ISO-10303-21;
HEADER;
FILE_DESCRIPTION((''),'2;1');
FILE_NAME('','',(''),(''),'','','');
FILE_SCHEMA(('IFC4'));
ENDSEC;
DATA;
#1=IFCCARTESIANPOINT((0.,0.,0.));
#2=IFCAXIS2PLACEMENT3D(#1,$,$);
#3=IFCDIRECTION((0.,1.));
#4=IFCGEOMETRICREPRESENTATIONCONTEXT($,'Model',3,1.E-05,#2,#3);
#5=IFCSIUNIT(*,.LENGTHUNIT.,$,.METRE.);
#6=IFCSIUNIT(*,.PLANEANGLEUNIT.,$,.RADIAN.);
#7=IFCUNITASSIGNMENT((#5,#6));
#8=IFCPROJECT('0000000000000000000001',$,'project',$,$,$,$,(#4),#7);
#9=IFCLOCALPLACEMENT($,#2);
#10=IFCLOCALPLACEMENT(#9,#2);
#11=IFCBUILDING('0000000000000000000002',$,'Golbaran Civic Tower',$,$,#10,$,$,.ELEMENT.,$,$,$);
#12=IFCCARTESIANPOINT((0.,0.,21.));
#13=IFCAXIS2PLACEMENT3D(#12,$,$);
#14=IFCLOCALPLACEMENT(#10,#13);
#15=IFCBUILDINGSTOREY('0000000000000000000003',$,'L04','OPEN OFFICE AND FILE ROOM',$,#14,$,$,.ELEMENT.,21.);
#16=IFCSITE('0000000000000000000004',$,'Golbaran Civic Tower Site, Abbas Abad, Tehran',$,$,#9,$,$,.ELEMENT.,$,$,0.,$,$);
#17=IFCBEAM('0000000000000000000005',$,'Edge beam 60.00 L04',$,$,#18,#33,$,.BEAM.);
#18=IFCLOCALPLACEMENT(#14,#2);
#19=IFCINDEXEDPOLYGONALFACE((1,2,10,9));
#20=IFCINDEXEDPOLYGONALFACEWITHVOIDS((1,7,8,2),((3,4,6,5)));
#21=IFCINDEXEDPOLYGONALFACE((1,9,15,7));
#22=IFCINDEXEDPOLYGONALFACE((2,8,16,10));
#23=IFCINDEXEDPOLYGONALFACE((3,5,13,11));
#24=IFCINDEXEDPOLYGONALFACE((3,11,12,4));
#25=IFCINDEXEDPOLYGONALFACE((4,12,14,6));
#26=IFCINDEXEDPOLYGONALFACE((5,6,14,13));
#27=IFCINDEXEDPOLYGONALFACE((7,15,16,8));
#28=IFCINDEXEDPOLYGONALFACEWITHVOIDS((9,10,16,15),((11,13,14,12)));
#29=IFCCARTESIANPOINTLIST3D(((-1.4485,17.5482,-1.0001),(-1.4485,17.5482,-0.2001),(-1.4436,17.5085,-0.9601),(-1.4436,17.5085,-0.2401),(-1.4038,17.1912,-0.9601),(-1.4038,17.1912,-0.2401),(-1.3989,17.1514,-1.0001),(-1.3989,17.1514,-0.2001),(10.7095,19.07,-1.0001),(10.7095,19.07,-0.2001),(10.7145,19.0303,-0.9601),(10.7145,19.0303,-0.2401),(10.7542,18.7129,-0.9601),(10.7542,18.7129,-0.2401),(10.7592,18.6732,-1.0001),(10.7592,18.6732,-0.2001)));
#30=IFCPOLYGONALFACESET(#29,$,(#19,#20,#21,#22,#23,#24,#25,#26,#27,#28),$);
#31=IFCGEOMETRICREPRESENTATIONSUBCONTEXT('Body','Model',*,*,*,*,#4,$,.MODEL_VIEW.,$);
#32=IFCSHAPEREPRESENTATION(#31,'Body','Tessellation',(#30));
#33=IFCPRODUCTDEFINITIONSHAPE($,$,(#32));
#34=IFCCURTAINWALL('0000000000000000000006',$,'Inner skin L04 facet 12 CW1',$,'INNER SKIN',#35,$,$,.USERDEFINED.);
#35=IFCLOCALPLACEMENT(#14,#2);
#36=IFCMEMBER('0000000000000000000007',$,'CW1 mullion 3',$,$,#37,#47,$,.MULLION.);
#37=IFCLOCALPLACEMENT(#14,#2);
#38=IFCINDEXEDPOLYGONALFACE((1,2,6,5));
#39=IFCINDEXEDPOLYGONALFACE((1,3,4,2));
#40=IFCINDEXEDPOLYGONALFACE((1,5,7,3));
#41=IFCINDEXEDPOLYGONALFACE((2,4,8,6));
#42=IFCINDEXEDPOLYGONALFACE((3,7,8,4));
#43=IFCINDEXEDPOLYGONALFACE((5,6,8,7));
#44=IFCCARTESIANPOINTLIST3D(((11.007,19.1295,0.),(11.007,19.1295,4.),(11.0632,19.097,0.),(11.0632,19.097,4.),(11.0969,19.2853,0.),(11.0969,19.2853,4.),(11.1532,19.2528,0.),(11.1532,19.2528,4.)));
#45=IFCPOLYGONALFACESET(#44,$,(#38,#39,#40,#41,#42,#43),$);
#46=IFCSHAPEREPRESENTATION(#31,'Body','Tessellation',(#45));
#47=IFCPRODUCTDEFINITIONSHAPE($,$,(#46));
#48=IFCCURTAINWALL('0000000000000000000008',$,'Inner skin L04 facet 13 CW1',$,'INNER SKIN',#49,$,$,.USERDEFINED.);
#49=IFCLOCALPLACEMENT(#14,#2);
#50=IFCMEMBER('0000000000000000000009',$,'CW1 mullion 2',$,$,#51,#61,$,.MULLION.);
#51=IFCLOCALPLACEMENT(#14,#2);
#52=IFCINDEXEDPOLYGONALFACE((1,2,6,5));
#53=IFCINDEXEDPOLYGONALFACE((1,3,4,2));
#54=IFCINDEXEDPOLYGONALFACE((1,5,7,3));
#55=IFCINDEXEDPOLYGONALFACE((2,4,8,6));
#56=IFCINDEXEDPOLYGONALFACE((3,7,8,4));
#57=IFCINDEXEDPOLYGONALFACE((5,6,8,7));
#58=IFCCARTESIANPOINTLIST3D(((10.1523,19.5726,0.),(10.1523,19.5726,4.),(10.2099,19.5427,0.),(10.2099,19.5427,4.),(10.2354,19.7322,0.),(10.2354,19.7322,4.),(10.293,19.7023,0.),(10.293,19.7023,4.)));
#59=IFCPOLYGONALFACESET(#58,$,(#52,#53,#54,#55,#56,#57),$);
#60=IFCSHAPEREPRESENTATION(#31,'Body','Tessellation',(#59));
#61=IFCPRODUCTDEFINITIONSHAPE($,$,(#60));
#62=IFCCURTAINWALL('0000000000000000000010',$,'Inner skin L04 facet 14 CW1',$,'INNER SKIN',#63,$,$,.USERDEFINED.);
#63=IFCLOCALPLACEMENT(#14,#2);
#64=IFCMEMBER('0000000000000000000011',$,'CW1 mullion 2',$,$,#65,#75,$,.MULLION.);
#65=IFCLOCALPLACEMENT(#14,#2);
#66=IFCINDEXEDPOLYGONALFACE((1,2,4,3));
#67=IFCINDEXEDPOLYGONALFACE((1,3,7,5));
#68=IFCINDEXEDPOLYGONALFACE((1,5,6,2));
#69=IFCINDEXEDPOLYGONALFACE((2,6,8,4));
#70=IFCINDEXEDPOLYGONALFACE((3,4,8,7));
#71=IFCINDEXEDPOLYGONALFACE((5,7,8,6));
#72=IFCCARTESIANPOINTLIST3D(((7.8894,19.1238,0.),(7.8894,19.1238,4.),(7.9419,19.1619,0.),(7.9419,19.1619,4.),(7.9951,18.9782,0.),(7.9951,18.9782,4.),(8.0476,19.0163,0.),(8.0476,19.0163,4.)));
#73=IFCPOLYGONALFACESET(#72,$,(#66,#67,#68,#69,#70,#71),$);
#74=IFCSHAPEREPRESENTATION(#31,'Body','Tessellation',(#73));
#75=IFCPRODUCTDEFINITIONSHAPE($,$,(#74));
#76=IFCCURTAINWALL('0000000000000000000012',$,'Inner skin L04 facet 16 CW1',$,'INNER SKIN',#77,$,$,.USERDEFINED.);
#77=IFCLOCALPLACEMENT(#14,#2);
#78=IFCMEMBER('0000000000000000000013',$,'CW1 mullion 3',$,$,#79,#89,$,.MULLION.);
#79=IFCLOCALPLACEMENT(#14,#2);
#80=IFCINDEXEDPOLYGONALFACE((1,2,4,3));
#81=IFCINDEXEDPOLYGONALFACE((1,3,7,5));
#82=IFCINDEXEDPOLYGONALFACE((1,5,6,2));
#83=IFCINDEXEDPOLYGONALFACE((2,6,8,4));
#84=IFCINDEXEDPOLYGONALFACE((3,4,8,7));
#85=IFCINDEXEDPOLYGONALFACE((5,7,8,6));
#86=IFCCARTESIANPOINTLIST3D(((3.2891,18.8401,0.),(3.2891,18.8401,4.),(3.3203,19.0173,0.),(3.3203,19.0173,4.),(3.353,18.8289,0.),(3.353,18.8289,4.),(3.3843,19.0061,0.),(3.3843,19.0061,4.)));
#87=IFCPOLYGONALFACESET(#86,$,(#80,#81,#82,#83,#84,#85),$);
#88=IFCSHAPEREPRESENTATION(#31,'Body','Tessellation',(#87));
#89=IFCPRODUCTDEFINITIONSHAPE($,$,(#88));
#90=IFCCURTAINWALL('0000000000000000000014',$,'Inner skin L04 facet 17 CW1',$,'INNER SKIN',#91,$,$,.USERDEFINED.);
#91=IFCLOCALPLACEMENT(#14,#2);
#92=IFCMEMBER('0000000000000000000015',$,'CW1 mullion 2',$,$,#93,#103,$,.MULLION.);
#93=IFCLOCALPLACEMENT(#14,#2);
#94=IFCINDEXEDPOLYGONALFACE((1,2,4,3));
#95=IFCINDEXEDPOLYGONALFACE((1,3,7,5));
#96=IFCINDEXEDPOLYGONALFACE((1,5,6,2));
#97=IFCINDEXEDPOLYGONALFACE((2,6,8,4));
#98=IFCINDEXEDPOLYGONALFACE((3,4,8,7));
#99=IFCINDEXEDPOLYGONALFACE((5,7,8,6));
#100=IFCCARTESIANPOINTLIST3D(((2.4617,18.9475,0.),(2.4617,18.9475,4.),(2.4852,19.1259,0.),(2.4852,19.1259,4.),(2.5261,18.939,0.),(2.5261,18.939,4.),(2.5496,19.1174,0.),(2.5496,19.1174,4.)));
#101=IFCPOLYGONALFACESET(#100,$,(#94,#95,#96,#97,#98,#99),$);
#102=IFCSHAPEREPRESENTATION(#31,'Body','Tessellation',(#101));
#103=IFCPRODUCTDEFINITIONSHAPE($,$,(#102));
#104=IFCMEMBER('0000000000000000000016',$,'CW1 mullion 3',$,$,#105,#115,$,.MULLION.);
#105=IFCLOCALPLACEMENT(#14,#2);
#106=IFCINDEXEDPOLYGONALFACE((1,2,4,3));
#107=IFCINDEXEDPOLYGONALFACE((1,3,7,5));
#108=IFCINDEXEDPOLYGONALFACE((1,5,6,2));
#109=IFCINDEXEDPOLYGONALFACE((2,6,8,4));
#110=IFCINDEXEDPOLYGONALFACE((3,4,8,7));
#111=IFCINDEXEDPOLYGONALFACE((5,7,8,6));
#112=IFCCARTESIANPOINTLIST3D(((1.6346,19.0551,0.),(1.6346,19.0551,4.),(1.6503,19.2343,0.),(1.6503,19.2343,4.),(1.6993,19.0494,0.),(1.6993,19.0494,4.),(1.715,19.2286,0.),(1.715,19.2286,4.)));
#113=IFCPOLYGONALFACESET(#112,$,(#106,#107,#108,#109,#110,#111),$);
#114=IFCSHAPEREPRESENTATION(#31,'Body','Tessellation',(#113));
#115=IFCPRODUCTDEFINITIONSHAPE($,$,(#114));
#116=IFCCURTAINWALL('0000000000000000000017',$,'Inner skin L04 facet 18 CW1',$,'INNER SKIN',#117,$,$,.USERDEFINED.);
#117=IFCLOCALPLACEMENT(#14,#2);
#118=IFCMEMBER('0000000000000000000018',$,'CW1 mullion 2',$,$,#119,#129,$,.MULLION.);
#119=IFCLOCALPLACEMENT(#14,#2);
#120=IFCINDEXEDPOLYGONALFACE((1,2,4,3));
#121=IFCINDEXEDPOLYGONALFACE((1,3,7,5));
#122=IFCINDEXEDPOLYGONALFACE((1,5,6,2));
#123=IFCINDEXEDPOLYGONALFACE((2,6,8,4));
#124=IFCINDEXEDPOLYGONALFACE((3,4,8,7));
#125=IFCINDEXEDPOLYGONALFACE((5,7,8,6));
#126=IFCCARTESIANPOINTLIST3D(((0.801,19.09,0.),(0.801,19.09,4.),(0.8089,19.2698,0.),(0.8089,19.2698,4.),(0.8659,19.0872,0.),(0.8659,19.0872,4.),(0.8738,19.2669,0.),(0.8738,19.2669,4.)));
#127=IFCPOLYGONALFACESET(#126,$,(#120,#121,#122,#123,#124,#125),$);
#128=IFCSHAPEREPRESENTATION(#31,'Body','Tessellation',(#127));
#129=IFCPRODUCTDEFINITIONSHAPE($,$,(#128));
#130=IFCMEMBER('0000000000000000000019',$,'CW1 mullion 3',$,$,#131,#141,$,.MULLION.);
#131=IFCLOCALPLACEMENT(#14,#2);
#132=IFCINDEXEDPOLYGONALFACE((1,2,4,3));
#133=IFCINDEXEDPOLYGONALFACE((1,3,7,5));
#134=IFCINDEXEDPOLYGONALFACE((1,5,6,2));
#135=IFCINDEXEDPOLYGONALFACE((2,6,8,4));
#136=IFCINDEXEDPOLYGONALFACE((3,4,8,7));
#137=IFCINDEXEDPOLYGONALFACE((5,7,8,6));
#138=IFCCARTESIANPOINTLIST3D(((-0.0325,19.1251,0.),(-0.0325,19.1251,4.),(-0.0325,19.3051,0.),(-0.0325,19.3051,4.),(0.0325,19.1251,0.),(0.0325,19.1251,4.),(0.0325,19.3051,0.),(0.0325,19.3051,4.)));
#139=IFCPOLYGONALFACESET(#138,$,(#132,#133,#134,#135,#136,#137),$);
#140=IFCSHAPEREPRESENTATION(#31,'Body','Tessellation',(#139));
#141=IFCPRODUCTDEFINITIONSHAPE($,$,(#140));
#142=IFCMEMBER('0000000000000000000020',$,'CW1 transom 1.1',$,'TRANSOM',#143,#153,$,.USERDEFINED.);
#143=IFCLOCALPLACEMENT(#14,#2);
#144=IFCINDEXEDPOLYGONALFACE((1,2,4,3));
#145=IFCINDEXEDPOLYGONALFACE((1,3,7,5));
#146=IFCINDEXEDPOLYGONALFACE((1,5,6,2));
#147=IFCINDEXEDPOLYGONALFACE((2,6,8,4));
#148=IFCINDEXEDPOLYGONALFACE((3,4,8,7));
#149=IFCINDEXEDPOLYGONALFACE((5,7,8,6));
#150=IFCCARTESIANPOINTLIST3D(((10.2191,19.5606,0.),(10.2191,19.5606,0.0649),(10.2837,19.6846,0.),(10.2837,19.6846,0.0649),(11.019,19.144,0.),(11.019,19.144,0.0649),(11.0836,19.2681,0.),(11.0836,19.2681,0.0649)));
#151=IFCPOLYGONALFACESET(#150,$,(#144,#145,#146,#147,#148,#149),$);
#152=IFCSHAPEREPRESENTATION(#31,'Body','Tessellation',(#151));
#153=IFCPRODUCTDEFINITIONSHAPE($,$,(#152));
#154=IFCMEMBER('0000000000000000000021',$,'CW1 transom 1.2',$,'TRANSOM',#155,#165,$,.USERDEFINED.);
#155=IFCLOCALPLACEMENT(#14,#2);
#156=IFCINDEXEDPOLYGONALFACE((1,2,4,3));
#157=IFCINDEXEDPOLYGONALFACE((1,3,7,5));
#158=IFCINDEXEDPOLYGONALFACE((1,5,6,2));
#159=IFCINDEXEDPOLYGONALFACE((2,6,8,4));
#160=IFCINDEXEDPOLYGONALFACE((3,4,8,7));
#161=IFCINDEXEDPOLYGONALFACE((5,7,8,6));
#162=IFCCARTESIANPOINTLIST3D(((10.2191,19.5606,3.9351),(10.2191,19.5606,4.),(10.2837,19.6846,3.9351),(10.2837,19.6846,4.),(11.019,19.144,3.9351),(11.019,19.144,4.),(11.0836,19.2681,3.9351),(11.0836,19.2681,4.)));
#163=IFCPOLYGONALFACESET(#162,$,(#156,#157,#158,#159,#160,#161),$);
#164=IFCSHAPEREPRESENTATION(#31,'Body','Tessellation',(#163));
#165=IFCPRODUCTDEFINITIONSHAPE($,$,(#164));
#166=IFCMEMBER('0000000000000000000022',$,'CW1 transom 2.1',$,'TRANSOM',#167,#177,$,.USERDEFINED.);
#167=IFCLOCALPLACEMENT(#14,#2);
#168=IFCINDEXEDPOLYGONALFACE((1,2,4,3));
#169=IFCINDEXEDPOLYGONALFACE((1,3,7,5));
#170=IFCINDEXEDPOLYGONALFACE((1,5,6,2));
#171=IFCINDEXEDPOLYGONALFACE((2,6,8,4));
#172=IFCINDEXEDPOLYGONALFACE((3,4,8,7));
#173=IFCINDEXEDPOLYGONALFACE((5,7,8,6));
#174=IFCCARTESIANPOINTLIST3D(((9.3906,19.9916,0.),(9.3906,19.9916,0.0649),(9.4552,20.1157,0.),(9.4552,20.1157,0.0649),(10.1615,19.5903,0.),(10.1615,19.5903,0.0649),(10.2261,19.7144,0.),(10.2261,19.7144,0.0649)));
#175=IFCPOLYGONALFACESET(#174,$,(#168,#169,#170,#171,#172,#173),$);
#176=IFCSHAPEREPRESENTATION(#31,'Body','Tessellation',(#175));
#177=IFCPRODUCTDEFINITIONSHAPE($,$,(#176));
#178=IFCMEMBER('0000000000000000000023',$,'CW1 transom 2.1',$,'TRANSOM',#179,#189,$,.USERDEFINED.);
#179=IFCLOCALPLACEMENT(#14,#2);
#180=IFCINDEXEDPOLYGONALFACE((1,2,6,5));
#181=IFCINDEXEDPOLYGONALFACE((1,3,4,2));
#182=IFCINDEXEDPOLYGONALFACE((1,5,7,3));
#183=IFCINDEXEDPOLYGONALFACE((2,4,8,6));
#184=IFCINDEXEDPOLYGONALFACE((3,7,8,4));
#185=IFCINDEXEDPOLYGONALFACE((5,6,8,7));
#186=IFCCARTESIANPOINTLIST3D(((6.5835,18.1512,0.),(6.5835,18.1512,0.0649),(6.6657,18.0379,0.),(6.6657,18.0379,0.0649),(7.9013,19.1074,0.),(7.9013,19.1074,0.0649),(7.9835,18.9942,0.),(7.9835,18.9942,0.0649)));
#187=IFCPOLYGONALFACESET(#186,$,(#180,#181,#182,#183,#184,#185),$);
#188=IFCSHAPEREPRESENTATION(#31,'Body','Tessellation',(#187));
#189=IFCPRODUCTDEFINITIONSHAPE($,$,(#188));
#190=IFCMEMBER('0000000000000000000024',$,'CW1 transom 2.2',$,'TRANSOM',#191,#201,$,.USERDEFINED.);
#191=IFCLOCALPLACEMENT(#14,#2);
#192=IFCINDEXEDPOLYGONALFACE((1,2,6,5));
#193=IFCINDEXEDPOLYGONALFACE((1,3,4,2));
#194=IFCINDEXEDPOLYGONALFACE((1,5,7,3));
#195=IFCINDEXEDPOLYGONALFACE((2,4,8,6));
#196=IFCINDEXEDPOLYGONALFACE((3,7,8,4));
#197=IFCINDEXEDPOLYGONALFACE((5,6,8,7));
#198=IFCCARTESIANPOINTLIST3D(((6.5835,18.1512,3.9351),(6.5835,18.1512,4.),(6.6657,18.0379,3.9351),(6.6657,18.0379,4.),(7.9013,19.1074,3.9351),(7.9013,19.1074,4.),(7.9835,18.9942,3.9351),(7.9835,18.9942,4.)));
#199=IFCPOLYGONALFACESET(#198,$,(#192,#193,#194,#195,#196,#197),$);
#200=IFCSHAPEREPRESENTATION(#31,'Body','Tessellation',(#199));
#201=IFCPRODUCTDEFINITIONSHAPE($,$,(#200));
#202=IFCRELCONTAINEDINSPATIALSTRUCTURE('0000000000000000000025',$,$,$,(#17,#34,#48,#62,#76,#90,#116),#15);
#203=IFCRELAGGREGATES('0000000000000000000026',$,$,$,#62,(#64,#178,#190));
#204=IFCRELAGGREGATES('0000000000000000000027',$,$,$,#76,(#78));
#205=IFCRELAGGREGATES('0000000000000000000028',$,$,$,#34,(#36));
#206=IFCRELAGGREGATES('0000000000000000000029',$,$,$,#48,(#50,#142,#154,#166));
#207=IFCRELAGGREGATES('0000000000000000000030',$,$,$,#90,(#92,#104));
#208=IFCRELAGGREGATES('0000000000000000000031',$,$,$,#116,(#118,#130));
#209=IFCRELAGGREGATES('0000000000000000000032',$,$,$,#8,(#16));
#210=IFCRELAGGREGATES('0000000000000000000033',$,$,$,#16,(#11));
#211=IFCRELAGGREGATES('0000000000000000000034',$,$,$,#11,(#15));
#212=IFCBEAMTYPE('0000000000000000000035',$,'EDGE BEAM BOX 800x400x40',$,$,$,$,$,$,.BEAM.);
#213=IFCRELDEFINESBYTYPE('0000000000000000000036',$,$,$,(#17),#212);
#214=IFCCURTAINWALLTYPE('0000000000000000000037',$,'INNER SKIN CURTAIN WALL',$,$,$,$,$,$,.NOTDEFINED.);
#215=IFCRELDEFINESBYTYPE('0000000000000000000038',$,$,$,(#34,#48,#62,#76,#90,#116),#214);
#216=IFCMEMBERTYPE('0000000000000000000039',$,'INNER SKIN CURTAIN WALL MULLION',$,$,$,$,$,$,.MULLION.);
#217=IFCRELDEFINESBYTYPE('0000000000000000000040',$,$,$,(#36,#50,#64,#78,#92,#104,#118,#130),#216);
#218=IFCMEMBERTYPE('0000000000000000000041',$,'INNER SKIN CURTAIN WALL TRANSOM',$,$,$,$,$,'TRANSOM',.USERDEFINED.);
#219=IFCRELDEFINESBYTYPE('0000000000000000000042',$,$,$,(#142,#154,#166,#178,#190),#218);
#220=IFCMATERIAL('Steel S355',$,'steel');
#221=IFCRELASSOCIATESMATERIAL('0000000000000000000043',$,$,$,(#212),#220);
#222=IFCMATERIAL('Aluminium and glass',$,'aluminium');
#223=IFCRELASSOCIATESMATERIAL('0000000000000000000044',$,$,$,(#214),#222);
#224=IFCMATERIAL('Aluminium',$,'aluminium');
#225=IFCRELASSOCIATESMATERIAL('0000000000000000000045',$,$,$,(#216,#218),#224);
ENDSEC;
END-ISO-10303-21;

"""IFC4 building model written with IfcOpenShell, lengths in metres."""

from ifc_helpers import new_model, si_unit, direction, frame, origin, origin_2d, place, context, subcontext, project, spatial, rectangle, hollow_rectangle, extrude, material, material_profile, profile_set, type_object, element, aggregate, save


model = new_model("IFC4")

# Units and contexts
model_context = context("Model", 3, precision=1e-05, world=origin(), true_north=direction((0.0, 1.0)))
body_context = subcontext(model_context, "Body", "Model", "MODEL_VIEW")
ifc_project = project(units=[si_unit("LENGTHUNIT", "METRE"), si_unit("PLANEANGLEUNIT", "RADIAN")], contexts=[model_context])

# Site, building, storey
site_placement = place(None, origin())
site = spatial("IfcSite", under=ifc_project, at=site_placement, Name="Golbaran Civic Tower Site, Abbas Abad, Tehran", CompositionType="ELEMENT", RefElevation=0.0)
building_placement = place(site_placement, origin())
building = spatial("IfcBuilding", under=site, at=building_placement, Name="Golbaran Civic Tower", CompositionType="ELEMENT")
storey_placement = place(building_placement, frame((0.0, 0.0, 21.0)))
storey = spatial("IfcBuildingStorey", under=building, at=storey_placement, Name="L04", Description="OPEN OFFICE AND FILE ROOM", CompositionType="ELEMENT", Elevation=21.0)

# Beam
ifc_material_1 = material(Name="Steel S355", Category="steel")
ifc_material_profile_1 = material_profile(ifc_material_1, hollow_rectangle(XDim=0.3999, YDim=0.8, WallThickness=0.04, at=origin_2d()), Name="BOX 800x400x40")
ifc_profile_set_1 = profile_set([ifc_material_profile_1], Name="Steel S355")
beam_type = type_object("IfcBeamType", Name="EDGE BEAM BOX 800x400x40", PredefinedType="BEAM", material=ifc_profile_set_1)
beam_placement = place(storey_placement, frame((10.7344, 18.8716, -0.6001), z_axis=(-0.992258, -0.124194, 0.0), x_axis=(0.124194, -0.992258, 0.0)))
element("IfcBeam", 1, at=beam_placement, inside=storey, type_object=beam_type, Name="Edge beam 60.00 L04", PredefinedType="BEAM", context=body_context, shape_type="SweptSolid", body=[
    extrude(hollow_rectangle(XDim=0.3999, YDim=0.8, WallThickness=0.04, at=origin_2d()), origin(), (0.0, 0.0, 1.0), 12.2529),
])

# Curtain walls, members
ifc_material_2 = material(Name="Aluminium and glass", Category="aluminium")
curtain_wall_type = type_object("IfcCurtainWallType", Name="INNER SKIN CURTAIN WALL", PredefinedType="NOTDEFINED", material=ifc_material_2)
curtain_wall_1_placement = place(storey_placement, origin())
curtain_wall_1 = element("IfcCurtainWall", 2, at=curtain_wall_1_placement, inside=storey, type_object=curtain_wall_type, Name="Inner skin L04 facet 12 CW1", ObjectType="INNER SKIN", PredefinedType="USERDEFINED")
ifc_material_3 = material(Name="Aluminium", Category="aluminium")
ifc_material_profile_2 = material_profile(ifc_material_3, rectangle(XDim=0.1799, YDim=0.0649, at=origin_2d()), Name="INNER SKIN CURTAIN WALL MULLION")
ifc_profile_set_2 = profile_set([ifc_material_profile_2], Name="Aluminium")
member_type_1 = type_object("IfcMemberType", Name="INNER SKIN CURTAIN WALL MULLION", PredefinedType="MULLION", material=ifc_profile_set_2)
member_1_placement = place(storey_placement, frame((11.0801, 19.1912, 0.0), z_axis=(0.0, 0.0, 1.0), x_axis=(-0.5, -0.866025, 0.0)))
member_1 = element("IfcMember", 3, at=member_1_placement, type_object=member_type_1, Name="CW1 mullion 3", PredefinedType="MULLION", context=body_context, shape_type="SweptSolid", body=[
    extrude(rectangle(XDim=0.1799, YDim=0.0649, at=origin_2d()), origin(), (0.0, 0.0, 1.0), 4.0),
])
curtain_wall_2_placement = place(storey_placement, origin())
curtain_wall_2 = element("IfcCurtainWall", 4, at=curtain_wall_2_placement, inside=storey, type_object=curtain_wall_type, Name="Inner skin L04 facet 13 CW1", ObjectType="INNER SKIN", PredefinedType="USERDEFINED")
member_2_placement = place(storey_placement, frame((10.2227, 19.6375, 0.0), z_axis=(0.0, 0.0, 1.0), x_axis=(-0.461749, -0.887011, 0.0)))
member_2 = element("IfcMember", 5, at=member_2_placement, type_object=member_type_1, Name="CW1 mullion 2", PredefinedType="MULLION", context=body_context, shape_type="SweptSolid", body=[
    extrude(rectangle(XDim=0.1799, YDim=0.0649, at=origin_2d()), origin(), (0.0, 0.0, 1.0), 4.0),
])
curtain_wall_3_placement = place(storey_placement, origin())
curtain_wall_3 = element("IfcCurtainWall", 6, at=curtain_wall_3_placement, inside=storey, type_object=curtain_wall_type, Name="Inner skin L04 facet 14 CW1", ObjectType="INNER SKIN", PredefinedType="USERDEFINED")
member_3_placement = place(storey_placement, frame((7.9685, 19.0701, 0.0), z_axis=(0.0, 0.0, 1.0), x_axis=(0.587431, -0.809274, 0.0)))
member_3 = element("IfcMember", 7, at=member_3_placement, type_object=member_type_1, Name="CW1 mullion 2", PredefinedType="MULLION", context=body_context, shape_type="SweptSolid", body=[
    extrude(rectangle(XDim=0.1799, YDim=0.0649, at=origin_2d()), origin(), (0.0, 0.0, 1.0), 4.0),
])
curtain_wall_4_placement = place(storey_placement, origin())
curtain_wall_4 = element("IfcCurtainWall", 8, at=curtain_wall_4_placement, inside=storey, type_object=curtain_wall_type, Name="Inner skin L04 facet 16 CW1", ObjectType="INNER SKIN", PredefinedType="USERDEFINED")
member_4_placement = place(storey_placement, frame((3.3367, 18.9231, 0.0), z_axis=(0.0, 0.0, 1.0), x_axis=(-0.173648, -0.984808, 0.0)))
member_4 = element("IfcMember", 9, at=member_4_placement, type_object=member_type_1, Name="CW1 mullion 3", PredefinedType="MULLION", context=body_context, shape_type="SweptSolid", body=[
    extrude(rectangle(XDim=0.1799, YDim=0.0649, at=origin_2d()), origin(), (0.0, 0.0, 1.0), 4.0),
])

# Curtain walls, members
curtain_wall_5_placement = place(storey_placement, origin())
curtain_wall_5 = element("IfcCurtainWall", 10, at=curtain_wall_5_placement, inside=storey, type_object=curtain_wall_type, Name="Inner skin L04 facet 17 CW1", ObjectType="INNER SKIN", PredefinedType="USERDEFINED")
member_5_placement = place(storey_placement, frame((2.5056, 19.0325, 0.0), z_axis=(0.0, 0.0, 1.0), x_axis=(-0.130526, -0.991445, 0.0)))
member_5 = element("IfcMember", 11, at=member_5_placement, type_object=member_type_1, Name="CW1 mullion 2", PredefinedType="MULLION", context=body_context, shape_type="SweptSolid", body=[
    extrude(rectangle(XDim=0.1799, YDim=0.0649, at=origin_2d()), origin(), (0.0, 0.0, 1.0), 4.0),
])
member_6_placement = place(storey_placement, frame((1.6748, 19.1418, 0.0), z_axis=(0.0, 0.0, 1.0), x_axis=(-0.087156, -0.996195, 0.0)))
member_6 = element("IfcMember", 12, at=member_6_placement, type_object=member_type_1, Name="CW1 mullion 3", PredefinedType="MULLION", context=body_context, shape_type="SweptSolid", body=[
    extrude(rectangle(XDim=0.1799, YDim=0.0649, at=origin_2d()), origin(), (0.0, 0.0, 1.0), 4.0),
])
curtain_wall_6_placement = place(storey_placement, origin())
curtain_wall_6 = element("IfcCurtainWall", 13, at=curtain_wall_6_placement, inside=storey, type_object=curtain_wall_type, Name="Inner skin L04 facet 18 CW1", ObjectType="INNER SKIN", PredefinedType="USERDEFINED")
member_7_placement = place(storey_placement, frame((0.8374, 19.1785, 0.0), z_axis=(0.0, 0.0, 1.0), x_axis=(-0.043619, -0.999048, 0.0)))
member_7 = element("IfcMember", 14, at=member_7_placement, type_object=member_type_1, Name="CW1 mullion 2", PredefinedType="MULLION", context=body_context, shape_type="SweptSolid", body=[
    extrude(rectangle(XDim=0.1799, YDim=0.0649, at=origin_2d()), origin(), (0.0, 0.0, 1.0), 4.0),
])
member_8_placement = place(storey_placement, frame((0.0, 19.2151, 0.0), z_axis=(0.0, 0.0, 1.0), x_axis=(0.0, -1.0, 0.0)))
member_8 = element("IfcMember", 15, at=member_8_placement, type_object=member_type_1, Name="CW1 mullion 3", PredefinedType="MULLION", context=body_context, shape_type="SweptSolid", body=[
    extrude(rectangle(XDim=0.1799, YDim=0.0649, at=origin_2d()), origin(), (0.0, 0.0, 1.0), 4.0),
])

# Members
ifc_material_profile_3 = material_profile(ifc_material_3, rectangle(XDim=0.1399, YDim=0.0649, at=origin_2d()), Name="INNER SKIN CURTAIN WALL TRANSOM")
ifc_profile_set_3 = profile_set([ifc_material_profile_3], Name="Aluminium")
member_type_2 = type_object("IfcMemberType", Name="INNER SKIN CURTAIN WALL TRANSOM", ElementType="TRANSOM", PredefinedType="USERDEFINED", material=ifc_profile_set_3)
member_9_placement = place(storey_placement, frame((11.0513, 19.2061, 0.0325), z_axis=(-0.886942, 0.461881, 0.0), x_axis=(-0.461881, -0.886942, 0.0)))
member_9 = element("IfcMember", 16, at=member_9_placement, type_object=member_type_2, Name="CW1 transom 1.1", ObjectType="TRANSOM", PredefinedType="USERDEFINED", context=body_context, shape_type="SweptSolid", body=[
    extrude(rectangle(XDim=0.1399, YDim=0.0649, at=origin_2d()), origin(), (0.0, 0.0, 1.0), 0.9019),
])
member_10_placement = place(storey_placement, frame((11.0513, 19.2061, 3.9675), z_axis=(-0.886942, 0.461881, 0.0), x_axis=(-0.461881, -0.886942, 0.0)))
member_10 = element("IfcMember", 17, at=member_10_placement, type_object=member_type_2, Name="CW1 transom 1.2", ObjectType="TRANSOM", PredefinedType="USERDEFINED", context=body_context, shape_type="SweptSolid", body=[
    extrude(rectangle(XDim=0.1399, YDim=0.0649, at=origin_2d()), origin(), (0.0, 0.0, 1.0), 0.9019),
])
member_11_placement = place(storey_placement, frame((10.1938, 19.6523, 0.0325), z_axis=(-0.887005, 0.461759, 0.0), x_axis=(-0.461759, -0.887005, 0.0)))
member_11 = element("IfcMember", 18, at=member_11_placement, type_object=member_type_2, Name="CW1 transom 2.1", ObjectType="TRANSOM", PredefinedType="USERDEFINED", context=body_context, shape_type="SweptSolid", body=[
    extrude(rectangle(XDim=0.1399, YDim=0.0649, at=origin_2d()), origin(), (0.0, 0.0, 1.0), 0.8691),
])
member_12_placement = place(storey_placement, frame((7.9424, 19.0508, 0.0325), z_axis=(-0.809365, -0.587307, 0.0), x_axis=(0.587307, -0.809365, 0.0)))
member_12 = element("IfcMember", 19, at=member_12_placement, type_object=member_type_2, Name="CW1 transom 2.1", ObjectType="TRANSOM", PredefinedType="USERDEFINED", context=body_context, shape_type="SweptSolid", body=[
    extrude(rectangle(XDim=0.1399, YDim=0.0649, at=origin_2d()), origin(), (0.0, 0.0, 1.0), 1.6282),
])
member_13_placement = place(storey_placement, frame((7.9424, 19.0508, 3.9675), z_axis=(-0.809365, -0.587307, 0.0), x_axis=(0.587307, -0.809365, 0.0)))
member_13 = element("IfcMember", 20, at=member_13_placement, type_object=member_type_2, Name="CW1 transom 2.2", ObjectType="TRANSOM", PredefinedType="USERDEFINED", context=body_context, shape_type="SweptSolid", body=[
    extrude(rectangle(XDim=0.1399, YDim=0.0649, at=origin_2d()), origin(), (0.0, 0.0, 1.0), 1.6282),
])

aggregate(curtain_wall_3, [member_3, member_12, member_13])
aggregate(curtain_wall_4, [member_4])
aggregate(curtain_wall_1, [member_1])
aggregate(curtain_wall_2, [member_2, member_9, member_10, member_11])
aggregate(curtain_wall_5, [member_5, member_6])
aggregate(curtain_wall_6, [member_7, member_8])

save(model, "model.ifc")
